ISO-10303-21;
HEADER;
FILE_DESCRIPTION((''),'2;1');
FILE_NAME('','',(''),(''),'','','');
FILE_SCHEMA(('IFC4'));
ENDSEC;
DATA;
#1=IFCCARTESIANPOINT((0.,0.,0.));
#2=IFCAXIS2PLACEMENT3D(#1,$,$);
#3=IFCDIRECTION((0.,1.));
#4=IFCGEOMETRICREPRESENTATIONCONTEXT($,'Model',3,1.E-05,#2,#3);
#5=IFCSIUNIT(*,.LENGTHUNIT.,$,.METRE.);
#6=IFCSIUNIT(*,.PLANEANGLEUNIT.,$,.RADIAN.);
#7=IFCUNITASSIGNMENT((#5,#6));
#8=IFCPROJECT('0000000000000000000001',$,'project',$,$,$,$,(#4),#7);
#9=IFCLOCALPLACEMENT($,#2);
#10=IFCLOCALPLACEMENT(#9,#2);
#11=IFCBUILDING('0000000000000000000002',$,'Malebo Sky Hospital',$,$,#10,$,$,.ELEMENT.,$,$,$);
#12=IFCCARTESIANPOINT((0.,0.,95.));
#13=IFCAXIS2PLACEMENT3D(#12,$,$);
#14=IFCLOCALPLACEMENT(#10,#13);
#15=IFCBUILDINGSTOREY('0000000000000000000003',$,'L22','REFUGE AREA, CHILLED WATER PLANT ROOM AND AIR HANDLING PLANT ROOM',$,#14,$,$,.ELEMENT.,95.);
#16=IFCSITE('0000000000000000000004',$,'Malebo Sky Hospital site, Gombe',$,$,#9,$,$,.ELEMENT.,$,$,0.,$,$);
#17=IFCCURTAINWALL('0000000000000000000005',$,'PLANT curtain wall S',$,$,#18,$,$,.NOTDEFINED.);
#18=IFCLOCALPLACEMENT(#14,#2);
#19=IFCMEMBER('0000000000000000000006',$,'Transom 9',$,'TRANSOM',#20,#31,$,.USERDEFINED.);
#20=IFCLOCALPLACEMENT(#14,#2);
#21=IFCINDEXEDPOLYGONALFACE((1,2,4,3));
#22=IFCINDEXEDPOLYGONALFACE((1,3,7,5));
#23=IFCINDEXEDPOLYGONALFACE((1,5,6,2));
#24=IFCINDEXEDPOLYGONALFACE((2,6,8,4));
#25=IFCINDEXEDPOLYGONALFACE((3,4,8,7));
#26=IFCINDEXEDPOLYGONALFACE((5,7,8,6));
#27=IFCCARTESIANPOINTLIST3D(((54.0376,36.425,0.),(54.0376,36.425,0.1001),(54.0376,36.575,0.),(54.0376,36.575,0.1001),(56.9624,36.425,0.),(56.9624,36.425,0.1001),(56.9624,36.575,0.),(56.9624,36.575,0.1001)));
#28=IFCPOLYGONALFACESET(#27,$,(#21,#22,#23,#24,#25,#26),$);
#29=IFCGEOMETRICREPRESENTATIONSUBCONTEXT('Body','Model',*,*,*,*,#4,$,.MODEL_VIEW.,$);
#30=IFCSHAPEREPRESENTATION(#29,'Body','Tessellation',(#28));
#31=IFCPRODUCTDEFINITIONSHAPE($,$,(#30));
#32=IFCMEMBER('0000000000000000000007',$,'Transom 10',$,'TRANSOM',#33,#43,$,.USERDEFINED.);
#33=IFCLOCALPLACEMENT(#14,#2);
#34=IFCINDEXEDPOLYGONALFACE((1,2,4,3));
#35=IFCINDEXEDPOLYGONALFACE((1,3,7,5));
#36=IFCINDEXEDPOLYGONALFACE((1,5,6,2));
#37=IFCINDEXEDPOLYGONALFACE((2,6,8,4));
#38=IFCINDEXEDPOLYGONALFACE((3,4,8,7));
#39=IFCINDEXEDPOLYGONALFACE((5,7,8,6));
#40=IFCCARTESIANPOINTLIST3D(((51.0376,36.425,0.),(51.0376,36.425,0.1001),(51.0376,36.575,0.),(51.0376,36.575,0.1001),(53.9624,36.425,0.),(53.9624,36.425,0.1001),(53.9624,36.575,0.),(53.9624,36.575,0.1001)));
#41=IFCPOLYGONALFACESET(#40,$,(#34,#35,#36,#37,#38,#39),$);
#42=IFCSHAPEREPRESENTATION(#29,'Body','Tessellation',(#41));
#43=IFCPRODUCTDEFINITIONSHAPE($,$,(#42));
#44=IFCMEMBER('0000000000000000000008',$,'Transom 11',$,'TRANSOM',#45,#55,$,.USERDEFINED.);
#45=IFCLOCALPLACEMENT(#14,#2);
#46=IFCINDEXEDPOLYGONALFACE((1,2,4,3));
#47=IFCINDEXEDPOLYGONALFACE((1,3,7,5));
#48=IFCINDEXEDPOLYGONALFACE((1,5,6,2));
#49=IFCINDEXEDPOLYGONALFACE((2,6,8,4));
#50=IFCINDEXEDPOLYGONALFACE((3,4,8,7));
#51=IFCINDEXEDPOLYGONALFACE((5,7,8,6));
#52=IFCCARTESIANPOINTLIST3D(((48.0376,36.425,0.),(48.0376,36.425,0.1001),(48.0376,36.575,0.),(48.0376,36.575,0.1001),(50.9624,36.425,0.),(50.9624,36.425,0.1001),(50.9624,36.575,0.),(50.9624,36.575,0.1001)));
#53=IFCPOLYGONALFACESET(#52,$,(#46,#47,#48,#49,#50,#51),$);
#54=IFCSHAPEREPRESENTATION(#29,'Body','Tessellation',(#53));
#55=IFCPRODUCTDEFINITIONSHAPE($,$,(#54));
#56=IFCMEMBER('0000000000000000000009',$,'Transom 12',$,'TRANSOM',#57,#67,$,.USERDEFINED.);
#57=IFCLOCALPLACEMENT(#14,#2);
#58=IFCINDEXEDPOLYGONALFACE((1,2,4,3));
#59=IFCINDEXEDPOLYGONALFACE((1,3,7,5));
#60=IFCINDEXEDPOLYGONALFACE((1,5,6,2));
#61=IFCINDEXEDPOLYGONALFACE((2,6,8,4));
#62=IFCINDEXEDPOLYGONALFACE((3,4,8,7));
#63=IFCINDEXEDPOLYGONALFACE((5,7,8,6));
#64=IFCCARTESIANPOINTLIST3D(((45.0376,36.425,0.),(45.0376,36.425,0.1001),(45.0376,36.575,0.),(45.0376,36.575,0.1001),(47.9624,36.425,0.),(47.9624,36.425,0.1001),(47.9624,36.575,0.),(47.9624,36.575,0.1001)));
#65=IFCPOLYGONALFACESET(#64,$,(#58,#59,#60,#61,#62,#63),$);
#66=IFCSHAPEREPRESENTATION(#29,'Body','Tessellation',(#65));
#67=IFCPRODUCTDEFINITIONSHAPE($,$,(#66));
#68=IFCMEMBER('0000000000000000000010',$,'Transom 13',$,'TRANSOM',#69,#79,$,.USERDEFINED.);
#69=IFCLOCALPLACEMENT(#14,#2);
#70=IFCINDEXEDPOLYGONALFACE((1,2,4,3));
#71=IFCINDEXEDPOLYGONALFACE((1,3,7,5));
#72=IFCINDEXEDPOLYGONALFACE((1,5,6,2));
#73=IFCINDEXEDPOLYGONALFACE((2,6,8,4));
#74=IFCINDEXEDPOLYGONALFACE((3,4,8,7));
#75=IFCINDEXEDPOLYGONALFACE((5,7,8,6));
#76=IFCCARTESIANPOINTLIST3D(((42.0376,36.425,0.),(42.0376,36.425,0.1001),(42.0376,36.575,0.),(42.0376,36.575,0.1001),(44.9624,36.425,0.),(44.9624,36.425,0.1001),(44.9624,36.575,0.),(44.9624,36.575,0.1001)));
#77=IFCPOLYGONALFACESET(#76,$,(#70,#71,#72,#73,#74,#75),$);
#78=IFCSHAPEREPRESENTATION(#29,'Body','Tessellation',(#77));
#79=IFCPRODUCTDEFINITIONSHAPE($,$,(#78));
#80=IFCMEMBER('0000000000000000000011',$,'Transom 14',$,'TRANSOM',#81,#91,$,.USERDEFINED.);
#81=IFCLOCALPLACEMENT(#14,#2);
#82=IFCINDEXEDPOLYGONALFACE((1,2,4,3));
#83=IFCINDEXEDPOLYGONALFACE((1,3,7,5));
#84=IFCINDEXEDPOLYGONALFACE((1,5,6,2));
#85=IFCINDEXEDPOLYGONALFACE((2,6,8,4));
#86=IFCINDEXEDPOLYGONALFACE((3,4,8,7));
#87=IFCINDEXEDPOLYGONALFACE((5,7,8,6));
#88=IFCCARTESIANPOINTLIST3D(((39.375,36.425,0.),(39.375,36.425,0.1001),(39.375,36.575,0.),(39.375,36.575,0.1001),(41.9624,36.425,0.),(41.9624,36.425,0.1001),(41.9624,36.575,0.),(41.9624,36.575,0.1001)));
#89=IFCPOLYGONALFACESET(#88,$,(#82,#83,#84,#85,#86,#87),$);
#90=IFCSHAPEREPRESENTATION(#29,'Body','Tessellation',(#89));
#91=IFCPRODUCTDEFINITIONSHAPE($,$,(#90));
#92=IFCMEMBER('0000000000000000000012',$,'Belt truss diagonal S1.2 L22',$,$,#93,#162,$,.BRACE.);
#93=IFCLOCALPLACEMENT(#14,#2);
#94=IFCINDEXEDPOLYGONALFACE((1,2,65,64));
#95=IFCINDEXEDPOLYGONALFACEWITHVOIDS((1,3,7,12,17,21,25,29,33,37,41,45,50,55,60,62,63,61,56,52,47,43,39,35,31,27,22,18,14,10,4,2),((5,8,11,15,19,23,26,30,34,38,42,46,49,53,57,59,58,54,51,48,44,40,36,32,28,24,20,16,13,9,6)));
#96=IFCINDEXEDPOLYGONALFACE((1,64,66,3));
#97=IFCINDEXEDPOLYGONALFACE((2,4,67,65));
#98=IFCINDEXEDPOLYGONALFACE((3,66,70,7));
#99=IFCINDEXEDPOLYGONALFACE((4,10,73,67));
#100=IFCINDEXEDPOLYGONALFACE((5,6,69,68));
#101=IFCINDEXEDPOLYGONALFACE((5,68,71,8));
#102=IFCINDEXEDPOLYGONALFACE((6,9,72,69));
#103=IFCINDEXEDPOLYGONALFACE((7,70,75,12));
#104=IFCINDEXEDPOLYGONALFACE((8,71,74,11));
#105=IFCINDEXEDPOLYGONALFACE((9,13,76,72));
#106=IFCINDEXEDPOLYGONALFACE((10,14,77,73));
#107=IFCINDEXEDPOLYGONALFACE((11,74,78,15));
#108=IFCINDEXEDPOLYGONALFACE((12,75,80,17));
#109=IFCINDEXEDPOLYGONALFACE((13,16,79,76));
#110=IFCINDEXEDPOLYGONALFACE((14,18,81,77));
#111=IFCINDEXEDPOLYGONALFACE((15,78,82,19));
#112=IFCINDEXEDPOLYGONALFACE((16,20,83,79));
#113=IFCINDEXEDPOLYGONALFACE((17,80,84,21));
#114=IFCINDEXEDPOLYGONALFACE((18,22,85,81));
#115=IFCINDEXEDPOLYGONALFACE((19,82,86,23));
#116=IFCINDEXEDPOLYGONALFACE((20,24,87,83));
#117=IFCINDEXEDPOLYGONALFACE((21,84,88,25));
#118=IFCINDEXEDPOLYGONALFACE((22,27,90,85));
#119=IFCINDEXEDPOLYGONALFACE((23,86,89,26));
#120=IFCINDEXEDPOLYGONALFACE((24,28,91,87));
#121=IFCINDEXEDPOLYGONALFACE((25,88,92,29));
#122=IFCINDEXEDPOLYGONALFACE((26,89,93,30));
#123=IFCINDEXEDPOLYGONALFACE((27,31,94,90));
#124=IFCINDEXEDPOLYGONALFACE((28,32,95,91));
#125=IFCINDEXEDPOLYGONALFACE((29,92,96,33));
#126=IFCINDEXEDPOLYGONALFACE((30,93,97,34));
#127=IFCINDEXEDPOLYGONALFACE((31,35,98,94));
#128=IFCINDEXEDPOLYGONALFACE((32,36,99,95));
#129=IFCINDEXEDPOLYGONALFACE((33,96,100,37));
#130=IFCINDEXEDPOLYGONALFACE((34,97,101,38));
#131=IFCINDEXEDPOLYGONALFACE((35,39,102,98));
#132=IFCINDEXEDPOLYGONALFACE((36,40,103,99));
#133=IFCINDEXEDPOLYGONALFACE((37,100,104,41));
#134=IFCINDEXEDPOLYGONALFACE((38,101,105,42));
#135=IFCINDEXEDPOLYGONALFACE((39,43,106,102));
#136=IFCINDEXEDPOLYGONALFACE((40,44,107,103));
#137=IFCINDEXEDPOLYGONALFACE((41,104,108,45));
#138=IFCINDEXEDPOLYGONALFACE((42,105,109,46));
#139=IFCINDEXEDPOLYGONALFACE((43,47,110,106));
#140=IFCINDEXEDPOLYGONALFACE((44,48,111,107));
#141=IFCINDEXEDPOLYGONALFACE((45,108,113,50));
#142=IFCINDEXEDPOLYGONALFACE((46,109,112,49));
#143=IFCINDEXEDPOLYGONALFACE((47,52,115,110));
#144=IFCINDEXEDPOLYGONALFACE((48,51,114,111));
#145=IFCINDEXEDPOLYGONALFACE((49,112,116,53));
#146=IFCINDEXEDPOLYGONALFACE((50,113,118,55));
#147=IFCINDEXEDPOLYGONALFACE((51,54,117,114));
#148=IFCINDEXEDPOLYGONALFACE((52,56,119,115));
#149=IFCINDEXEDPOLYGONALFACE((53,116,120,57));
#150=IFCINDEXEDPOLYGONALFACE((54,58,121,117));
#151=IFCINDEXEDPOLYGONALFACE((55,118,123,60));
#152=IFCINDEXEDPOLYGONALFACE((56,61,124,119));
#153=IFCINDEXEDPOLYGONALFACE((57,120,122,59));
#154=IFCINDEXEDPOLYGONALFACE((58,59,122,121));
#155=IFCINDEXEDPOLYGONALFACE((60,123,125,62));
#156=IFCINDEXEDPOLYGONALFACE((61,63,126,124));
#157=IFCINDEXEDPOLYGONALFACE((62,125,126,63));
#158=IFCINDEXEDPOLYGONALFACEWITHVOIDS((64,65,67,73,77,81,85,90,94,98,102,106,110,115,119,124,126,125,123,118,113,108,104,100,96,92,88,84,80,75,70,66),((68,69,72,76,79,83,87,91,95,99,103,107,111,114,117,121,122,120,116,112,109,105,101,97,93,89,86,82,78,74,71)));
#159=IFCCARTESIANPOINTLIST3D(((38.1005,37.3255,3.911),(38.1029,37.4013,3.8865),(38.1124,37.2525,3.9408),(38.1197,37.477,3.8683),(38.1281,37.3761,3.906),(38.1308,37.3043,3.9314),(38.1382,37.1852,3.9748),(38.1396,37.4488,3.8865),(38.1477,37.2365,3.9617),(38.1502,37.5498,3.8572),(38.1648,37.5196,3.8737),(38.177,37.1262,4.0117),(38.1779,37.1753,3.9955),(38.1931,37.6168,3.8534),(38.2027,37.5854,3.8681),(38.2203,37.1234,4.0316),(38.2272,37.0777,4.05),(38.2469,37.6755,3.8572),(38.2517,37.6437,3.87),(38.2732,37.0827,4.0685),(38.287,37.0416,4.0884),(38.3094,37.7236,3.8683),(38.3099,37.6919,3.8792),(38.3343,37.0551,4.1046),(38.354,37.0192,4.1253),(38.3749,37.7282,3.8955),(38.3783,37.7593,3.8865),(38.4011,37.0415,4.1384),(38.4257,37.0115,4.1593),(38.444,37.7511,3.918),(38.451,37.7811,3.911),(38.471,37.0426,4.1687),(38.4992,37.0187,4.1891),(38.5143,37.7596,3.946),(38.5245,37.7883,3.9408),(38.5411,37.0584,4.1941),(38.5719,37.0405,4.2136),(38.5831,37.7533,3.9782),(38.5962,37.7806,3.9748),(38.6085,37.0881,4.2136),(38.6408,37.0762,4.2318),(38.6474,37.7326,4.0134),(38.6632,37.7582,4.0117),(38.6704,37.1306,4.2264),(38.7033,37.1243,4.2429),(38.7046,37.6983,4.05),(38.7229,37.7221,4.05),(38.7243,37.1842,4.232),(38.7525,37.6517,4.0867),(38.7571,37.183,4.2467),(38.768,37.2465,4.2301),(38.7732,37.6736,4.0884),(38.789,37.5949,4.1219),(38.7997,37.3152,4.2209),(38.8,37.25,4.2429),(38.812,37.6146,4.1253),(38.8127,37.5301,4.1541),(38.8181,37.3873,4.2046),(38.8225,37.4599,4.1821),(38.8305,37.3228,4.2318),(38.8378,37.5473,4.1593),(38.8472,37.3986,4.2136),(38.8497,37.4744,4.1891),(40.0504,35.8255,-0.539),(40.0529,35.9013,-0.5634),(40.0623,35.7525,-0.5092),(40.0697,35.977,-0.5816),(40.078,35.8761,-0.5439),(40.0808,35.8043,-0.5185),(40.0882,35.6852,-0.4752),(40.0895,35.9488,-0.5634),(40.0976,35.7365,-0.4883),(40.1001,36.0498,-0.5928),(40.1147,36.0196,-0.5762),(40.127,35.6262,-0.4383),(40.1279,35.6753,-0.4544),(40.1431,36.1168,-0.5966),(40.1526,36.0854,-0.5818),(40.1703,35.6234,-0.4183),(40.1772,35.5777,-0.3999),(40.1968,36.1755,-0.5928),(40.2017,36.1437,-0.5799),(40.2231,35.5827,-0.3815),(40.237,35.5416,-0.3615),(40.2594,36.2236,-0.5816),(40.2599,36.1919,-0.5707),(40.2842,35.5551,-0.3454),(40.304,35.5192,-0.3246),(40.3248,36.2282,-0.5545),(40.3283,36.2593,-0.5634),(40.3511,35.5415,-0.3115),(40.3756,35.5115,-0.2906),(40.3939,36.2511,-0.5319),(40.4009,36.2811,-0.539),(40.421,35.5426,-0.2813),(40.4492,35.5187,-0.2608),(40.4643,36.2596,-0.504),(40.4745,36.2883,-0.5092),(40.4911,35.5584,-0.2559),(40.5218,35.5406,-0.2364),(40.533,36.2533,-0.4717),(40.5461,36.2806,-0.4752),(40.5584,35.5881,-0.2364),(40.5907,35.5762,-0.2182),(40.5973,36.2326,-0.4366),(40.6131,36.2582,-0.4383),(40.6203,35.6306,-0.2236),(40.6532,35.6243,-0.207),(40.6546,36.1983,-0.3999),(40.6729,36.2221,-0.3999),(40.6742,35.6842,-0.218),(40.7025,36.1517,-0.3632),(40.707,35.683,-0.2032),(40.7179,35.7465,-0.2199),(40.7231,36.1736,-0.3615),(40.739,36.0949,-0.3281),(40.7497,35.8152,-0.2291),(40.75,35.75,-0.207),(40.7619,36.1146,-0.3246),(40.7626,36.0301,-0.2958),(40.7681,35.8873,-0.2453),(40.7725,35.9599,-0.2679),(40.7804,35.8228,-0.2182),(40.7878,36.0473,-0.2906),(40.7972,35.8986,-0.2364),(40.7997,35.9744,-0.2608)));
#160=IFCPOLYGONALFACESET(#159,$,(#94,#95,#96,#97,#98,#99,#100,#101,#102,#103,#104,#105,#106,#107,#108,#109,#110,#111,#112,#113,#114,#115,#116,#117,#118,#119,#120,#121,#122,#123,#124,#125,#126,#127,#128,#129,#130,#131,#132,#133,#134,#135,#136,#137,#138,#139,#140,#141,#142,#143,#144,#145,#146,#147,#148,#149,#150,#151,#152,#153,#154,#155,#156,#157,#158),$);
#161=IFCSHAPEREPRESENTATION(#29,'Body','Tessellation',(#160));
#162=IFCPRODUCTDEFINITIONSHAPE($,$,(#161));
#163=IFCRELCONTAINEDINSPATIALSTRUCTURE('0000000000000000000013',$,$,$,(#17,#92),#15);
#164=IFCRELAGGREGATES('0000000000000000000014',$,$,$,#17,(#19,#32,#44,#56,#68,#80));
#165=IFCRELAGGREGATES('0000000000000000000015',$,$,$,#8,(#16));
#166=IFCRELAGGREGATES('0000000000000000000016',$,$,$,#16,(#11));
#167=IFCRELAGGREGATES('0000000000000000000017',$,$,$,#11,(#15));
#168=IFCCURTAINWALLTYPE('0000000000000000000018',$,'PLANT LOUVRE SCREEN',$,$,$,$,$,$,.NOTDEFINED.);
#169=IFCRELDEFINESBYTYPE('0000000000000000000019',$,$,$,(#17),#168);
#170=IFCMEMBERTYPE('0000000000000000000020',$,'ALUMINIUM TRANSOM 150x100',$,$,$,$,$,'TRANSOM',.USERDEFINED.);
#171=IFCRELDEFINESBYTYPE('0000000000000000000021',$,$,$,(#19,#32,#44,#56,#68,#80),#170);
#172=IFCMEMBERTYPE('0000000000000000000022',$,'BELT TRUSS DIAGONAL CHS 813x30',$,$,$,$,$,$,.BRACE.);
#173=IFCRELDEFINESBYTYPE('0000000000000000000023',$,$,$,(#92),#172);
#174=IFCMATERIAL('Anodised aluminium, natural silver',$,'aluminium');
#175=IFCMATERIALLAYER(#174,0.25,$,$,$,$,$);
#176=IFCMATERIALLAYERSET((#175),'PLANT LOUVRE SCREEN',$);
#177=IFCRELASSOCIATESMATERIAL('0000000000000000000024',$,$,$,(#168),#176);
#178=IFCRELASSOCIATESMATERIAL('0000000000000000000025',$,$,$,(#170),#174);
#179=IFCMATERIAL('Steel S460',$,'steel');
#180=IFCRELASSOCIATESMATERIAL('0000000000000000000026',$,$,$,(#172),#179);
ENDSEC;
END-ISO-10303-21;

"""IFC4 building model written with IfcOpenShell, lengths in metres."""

from ifc_helpers import new_model, si_unit, direction, frame, origin, origin_2d, place, context, subcontext, project, spatial, rectangle, hollow_circle, extrude, material, layer, layer_set, material_profile, profile_set, type_object, element, aggregate, save


model = new_model("IFC4")

# Units and contexts
model_context = context("Model", 3, precision=1e-05, world=origin(), true_north=direction((0.0, 1.0)))
body_context = subcontext(model_context, "Body", "Model", "MODEL_VIEW")
ifc_project = project(units=[si_unit("LENGTHUNIT", "METRE"), si_unit("PLANEANGLEUNIT", "RADIAN")], contexts=[model_context])

# Site, building, storey
site_placement = place(None, origin())
site = spatial("IfcSite", under=ifc_project, at=site_placement, Name="Malebo Sky Hospital site, Gombe", CompositionType="ELEMENT", RefElevation=0.0)
building_placement = place(site_placement, origin())
building = spatial("IfcBuilding", under=site, at=building_placement, Name="Malebo Sky Hospital", CompositionType="ELEMENT")
storey_placement = place(building_placement, frame((0.0, 0.0, 95.0)))
storey = spatial("IfcBuildingStorey", under=building, at=storey_placement, Name="L22", Description="REFUGE AREA, CHILLED WATER PLANT ROOM AND AIR HANDLING PLANT ROOM", CompositionType="ELEMENT", Elevation=95.0)

# Curtain wall, members
ifc_material_1 = material(Name="Anodised aluminium, natural silver", Category="aluminium")
ifc_layer_1 = layer(ifc_material_1, 0.25)
ifc_layer_set_1 = layer_set([ifc_layer_1], Name="PLANT LOUVRE SCREEN")
curtain_wall_type = type_object("IfcCurtainWallType", Name="PLANT LOUVRE SCREEN", PredefinedType="NOTDEFINED", material=ifc_layer_set_1)
curtain_wall_placement = place(storey_placement, origin())
curtain_wall = element("IfcCurtainWall", 1, at=curtain_wall_placement, inside=storey, type_object=curtain_wall_type, Name="PLANT curtain wall S", PredefinedType="NOTDEFINED")
ifc_material_profile_1 = material_profile(ifc_material_1, rectangle(XDim=0.1499, YDim=0.1001, at=origin_2d()), Name="ALUMINIUM TRANSOM 150x100")
ifc_profile_set_1 = profile_set([ifc_material_profile_1], Name="Anodised aluminium, natural silver")
member_type_1 = type_object("IfcMemberType", Name="ALUMINIUM TRANSOM 150x100", ElementType="TRANSOM", PredefinedType="USERDEFINED", material=ifc_profile_set_1)
member_1_placement = place(storey_placement, frame((56.9624, 36.5, 0.05), z_axis=(-1.0, 0.0, 0.0), x_axis=(0.0, -1.0, 0.0)))
member_1 = element("IfcMember", 2, at=member_1_placement, type_object=member_type_1, Name="Transom 9", ObjectType="TRANSOM", PredefinedType="USERDEFINED", context=body_context, shape_type="SweptSolid", body=[
    extrude(rectangle(XDim=0.1499, YDim=0.1001, at=origin_2d()), origin(), (0.0, 0.0, 1.0), 2.9248),
])
member_2_placement = place(storey_placement, frame((53.9624, 36.5, 0.05), z_axis=(-1.0, 0.0, 0.0), x_axis=(0.0, -1.0, 0.0)))
member_2 = element("IfcMember", 3, at=member_2_placement, type_object=member_type_1, Name="Transom 10", ObjectType="TRANSOM", PredefinedType="USERDEFINED", context=body_context, shape_type="SweptSolid", body=[
    extrude(rectangle(XDim=0.1499, YDim=0.1001, at=origin_2d()), origin(), (0.0, 0.0, 1.0), 2.9248),
])
member_3_placement = place(storey_placement, frame((50.9624, 36.5, 0.05), z_axis=(-1.0, 0.0, 0.0), x_axis=(0.0, -1.0, 0.0)))
member_3 = element("IfcMember", 4, at=member_3_placement, type_object=member_type_1, Name="Transom 11", ObjectType="TRANSOM", PredefinedType="USERDEFINED", context=body_context, shape_type="SweptSolid", body=[
    extrude(rectangle(XDim=0.1499, YDim=0.1001, at=origin_2d()), origin(), (0.0, 0.0, 1.0), 2.9248),
])
member_4_placement = place(storey_placement, frame((47.9624, 36.5, 0.05), z_axis=(-1.0, 0.0, 0.0), x_axis=(0.0, -1.0, 0.0)))
member_4 = element("IfcMember", 5, at=member_4_placement, type_object=member_type_1, Name="Transom 12", ObjectType="TRANSOM", PredefinedType="USERDEFINED", context=body_context, shape_type="SweptSolid", body=[
    extrude(rectangle(XDim=0.1499, YDim=0.1001, at=origin_2d()), origin(), (0.0, 0.0, 1.0), 2.9248),
])
member_5_placement = place(storey_placement, frame((44.9624, 36.5, 0.05), z_axis=(-1.0, 0.0, 0.0), x_axis=(0.0, -1.0, 0.0)))
member_5 = element("IfcMember", 6, at=member_5_placement, type_object=member_type_1, Name="Transom 13", ObjectType="TRANSOM", PredefinedType="USERDEFINED", context=body_context, shape_type="SweptSolid", body=[
    extrude(rectangle(XDim=0.1499, YDim=0.1001, at=origin_2d()), origin(), (0.0, 0.0, 1.0), 2.9248),
])
member_6_placement = place(storey_placement, frame((41.9624, 36.5, 0.05), z_axis=(-1.0, 0.0, 0.0), x_axis=(0.0, -1.0, 0.0)))
member_6 = element("IfcMember", 7, at=member_6_placement, type_object=member_type_1, Name="Transom 14", ObjectType="TRANSOM", PredefinedType="USERDEFINED", context=body_context, shape_type="SweptSolid", body=[
    extrude(rectangle(XDim=0.1499, YDim=0.1001, at=origin_2d()), origin(), (0.0, 0.0, 1.0), 2.5874),
])

# Member
ifc_material_2 = material(Name="Steel S460", Category="steel")
ifc_material_profile_2 = material_profile(ifc_material_2, hollow_circle(Radius=0.4065, WallThickness=0.03, at=origin_2d()), Name="CHS 813x30")
ifc_profile_set_2 = profile_set([ifc_material_profile_2], Name="Steel S460")
member_type_2 = type_object("IfcMemberType", Name="BELT TRUSS DIAGONAL CHS 813x30", PredefinedType="BRACE", material=ifc_profile_set_2)
member_7_placement = place(storey_placement, frame((38.4751, 37.3999, 4.05), z_axis=(0.383492, -0.295002, -0.875162), x_axis=(0.60972, 0.792617, 0.0)))
element("IfcMember", 8, at=member_7_placement, inside=storey, type_object=member_type_2, Name="Belt truss diagonal S1.2 L22", PredefinedType="BRACE", context=body_context, shape_type="SweptSolid", body=[
    extrude(hollow_circle(Radius=0.4065, WallThickness=0.03, at=origin_2d()), origin(), (0.0, 0.0, 1.0), 5.0847),
])

aggregate(curtain_wall, [member_1, member_2, member_3, member_4, member_5, member_6])

save(model, "model.ifc")
